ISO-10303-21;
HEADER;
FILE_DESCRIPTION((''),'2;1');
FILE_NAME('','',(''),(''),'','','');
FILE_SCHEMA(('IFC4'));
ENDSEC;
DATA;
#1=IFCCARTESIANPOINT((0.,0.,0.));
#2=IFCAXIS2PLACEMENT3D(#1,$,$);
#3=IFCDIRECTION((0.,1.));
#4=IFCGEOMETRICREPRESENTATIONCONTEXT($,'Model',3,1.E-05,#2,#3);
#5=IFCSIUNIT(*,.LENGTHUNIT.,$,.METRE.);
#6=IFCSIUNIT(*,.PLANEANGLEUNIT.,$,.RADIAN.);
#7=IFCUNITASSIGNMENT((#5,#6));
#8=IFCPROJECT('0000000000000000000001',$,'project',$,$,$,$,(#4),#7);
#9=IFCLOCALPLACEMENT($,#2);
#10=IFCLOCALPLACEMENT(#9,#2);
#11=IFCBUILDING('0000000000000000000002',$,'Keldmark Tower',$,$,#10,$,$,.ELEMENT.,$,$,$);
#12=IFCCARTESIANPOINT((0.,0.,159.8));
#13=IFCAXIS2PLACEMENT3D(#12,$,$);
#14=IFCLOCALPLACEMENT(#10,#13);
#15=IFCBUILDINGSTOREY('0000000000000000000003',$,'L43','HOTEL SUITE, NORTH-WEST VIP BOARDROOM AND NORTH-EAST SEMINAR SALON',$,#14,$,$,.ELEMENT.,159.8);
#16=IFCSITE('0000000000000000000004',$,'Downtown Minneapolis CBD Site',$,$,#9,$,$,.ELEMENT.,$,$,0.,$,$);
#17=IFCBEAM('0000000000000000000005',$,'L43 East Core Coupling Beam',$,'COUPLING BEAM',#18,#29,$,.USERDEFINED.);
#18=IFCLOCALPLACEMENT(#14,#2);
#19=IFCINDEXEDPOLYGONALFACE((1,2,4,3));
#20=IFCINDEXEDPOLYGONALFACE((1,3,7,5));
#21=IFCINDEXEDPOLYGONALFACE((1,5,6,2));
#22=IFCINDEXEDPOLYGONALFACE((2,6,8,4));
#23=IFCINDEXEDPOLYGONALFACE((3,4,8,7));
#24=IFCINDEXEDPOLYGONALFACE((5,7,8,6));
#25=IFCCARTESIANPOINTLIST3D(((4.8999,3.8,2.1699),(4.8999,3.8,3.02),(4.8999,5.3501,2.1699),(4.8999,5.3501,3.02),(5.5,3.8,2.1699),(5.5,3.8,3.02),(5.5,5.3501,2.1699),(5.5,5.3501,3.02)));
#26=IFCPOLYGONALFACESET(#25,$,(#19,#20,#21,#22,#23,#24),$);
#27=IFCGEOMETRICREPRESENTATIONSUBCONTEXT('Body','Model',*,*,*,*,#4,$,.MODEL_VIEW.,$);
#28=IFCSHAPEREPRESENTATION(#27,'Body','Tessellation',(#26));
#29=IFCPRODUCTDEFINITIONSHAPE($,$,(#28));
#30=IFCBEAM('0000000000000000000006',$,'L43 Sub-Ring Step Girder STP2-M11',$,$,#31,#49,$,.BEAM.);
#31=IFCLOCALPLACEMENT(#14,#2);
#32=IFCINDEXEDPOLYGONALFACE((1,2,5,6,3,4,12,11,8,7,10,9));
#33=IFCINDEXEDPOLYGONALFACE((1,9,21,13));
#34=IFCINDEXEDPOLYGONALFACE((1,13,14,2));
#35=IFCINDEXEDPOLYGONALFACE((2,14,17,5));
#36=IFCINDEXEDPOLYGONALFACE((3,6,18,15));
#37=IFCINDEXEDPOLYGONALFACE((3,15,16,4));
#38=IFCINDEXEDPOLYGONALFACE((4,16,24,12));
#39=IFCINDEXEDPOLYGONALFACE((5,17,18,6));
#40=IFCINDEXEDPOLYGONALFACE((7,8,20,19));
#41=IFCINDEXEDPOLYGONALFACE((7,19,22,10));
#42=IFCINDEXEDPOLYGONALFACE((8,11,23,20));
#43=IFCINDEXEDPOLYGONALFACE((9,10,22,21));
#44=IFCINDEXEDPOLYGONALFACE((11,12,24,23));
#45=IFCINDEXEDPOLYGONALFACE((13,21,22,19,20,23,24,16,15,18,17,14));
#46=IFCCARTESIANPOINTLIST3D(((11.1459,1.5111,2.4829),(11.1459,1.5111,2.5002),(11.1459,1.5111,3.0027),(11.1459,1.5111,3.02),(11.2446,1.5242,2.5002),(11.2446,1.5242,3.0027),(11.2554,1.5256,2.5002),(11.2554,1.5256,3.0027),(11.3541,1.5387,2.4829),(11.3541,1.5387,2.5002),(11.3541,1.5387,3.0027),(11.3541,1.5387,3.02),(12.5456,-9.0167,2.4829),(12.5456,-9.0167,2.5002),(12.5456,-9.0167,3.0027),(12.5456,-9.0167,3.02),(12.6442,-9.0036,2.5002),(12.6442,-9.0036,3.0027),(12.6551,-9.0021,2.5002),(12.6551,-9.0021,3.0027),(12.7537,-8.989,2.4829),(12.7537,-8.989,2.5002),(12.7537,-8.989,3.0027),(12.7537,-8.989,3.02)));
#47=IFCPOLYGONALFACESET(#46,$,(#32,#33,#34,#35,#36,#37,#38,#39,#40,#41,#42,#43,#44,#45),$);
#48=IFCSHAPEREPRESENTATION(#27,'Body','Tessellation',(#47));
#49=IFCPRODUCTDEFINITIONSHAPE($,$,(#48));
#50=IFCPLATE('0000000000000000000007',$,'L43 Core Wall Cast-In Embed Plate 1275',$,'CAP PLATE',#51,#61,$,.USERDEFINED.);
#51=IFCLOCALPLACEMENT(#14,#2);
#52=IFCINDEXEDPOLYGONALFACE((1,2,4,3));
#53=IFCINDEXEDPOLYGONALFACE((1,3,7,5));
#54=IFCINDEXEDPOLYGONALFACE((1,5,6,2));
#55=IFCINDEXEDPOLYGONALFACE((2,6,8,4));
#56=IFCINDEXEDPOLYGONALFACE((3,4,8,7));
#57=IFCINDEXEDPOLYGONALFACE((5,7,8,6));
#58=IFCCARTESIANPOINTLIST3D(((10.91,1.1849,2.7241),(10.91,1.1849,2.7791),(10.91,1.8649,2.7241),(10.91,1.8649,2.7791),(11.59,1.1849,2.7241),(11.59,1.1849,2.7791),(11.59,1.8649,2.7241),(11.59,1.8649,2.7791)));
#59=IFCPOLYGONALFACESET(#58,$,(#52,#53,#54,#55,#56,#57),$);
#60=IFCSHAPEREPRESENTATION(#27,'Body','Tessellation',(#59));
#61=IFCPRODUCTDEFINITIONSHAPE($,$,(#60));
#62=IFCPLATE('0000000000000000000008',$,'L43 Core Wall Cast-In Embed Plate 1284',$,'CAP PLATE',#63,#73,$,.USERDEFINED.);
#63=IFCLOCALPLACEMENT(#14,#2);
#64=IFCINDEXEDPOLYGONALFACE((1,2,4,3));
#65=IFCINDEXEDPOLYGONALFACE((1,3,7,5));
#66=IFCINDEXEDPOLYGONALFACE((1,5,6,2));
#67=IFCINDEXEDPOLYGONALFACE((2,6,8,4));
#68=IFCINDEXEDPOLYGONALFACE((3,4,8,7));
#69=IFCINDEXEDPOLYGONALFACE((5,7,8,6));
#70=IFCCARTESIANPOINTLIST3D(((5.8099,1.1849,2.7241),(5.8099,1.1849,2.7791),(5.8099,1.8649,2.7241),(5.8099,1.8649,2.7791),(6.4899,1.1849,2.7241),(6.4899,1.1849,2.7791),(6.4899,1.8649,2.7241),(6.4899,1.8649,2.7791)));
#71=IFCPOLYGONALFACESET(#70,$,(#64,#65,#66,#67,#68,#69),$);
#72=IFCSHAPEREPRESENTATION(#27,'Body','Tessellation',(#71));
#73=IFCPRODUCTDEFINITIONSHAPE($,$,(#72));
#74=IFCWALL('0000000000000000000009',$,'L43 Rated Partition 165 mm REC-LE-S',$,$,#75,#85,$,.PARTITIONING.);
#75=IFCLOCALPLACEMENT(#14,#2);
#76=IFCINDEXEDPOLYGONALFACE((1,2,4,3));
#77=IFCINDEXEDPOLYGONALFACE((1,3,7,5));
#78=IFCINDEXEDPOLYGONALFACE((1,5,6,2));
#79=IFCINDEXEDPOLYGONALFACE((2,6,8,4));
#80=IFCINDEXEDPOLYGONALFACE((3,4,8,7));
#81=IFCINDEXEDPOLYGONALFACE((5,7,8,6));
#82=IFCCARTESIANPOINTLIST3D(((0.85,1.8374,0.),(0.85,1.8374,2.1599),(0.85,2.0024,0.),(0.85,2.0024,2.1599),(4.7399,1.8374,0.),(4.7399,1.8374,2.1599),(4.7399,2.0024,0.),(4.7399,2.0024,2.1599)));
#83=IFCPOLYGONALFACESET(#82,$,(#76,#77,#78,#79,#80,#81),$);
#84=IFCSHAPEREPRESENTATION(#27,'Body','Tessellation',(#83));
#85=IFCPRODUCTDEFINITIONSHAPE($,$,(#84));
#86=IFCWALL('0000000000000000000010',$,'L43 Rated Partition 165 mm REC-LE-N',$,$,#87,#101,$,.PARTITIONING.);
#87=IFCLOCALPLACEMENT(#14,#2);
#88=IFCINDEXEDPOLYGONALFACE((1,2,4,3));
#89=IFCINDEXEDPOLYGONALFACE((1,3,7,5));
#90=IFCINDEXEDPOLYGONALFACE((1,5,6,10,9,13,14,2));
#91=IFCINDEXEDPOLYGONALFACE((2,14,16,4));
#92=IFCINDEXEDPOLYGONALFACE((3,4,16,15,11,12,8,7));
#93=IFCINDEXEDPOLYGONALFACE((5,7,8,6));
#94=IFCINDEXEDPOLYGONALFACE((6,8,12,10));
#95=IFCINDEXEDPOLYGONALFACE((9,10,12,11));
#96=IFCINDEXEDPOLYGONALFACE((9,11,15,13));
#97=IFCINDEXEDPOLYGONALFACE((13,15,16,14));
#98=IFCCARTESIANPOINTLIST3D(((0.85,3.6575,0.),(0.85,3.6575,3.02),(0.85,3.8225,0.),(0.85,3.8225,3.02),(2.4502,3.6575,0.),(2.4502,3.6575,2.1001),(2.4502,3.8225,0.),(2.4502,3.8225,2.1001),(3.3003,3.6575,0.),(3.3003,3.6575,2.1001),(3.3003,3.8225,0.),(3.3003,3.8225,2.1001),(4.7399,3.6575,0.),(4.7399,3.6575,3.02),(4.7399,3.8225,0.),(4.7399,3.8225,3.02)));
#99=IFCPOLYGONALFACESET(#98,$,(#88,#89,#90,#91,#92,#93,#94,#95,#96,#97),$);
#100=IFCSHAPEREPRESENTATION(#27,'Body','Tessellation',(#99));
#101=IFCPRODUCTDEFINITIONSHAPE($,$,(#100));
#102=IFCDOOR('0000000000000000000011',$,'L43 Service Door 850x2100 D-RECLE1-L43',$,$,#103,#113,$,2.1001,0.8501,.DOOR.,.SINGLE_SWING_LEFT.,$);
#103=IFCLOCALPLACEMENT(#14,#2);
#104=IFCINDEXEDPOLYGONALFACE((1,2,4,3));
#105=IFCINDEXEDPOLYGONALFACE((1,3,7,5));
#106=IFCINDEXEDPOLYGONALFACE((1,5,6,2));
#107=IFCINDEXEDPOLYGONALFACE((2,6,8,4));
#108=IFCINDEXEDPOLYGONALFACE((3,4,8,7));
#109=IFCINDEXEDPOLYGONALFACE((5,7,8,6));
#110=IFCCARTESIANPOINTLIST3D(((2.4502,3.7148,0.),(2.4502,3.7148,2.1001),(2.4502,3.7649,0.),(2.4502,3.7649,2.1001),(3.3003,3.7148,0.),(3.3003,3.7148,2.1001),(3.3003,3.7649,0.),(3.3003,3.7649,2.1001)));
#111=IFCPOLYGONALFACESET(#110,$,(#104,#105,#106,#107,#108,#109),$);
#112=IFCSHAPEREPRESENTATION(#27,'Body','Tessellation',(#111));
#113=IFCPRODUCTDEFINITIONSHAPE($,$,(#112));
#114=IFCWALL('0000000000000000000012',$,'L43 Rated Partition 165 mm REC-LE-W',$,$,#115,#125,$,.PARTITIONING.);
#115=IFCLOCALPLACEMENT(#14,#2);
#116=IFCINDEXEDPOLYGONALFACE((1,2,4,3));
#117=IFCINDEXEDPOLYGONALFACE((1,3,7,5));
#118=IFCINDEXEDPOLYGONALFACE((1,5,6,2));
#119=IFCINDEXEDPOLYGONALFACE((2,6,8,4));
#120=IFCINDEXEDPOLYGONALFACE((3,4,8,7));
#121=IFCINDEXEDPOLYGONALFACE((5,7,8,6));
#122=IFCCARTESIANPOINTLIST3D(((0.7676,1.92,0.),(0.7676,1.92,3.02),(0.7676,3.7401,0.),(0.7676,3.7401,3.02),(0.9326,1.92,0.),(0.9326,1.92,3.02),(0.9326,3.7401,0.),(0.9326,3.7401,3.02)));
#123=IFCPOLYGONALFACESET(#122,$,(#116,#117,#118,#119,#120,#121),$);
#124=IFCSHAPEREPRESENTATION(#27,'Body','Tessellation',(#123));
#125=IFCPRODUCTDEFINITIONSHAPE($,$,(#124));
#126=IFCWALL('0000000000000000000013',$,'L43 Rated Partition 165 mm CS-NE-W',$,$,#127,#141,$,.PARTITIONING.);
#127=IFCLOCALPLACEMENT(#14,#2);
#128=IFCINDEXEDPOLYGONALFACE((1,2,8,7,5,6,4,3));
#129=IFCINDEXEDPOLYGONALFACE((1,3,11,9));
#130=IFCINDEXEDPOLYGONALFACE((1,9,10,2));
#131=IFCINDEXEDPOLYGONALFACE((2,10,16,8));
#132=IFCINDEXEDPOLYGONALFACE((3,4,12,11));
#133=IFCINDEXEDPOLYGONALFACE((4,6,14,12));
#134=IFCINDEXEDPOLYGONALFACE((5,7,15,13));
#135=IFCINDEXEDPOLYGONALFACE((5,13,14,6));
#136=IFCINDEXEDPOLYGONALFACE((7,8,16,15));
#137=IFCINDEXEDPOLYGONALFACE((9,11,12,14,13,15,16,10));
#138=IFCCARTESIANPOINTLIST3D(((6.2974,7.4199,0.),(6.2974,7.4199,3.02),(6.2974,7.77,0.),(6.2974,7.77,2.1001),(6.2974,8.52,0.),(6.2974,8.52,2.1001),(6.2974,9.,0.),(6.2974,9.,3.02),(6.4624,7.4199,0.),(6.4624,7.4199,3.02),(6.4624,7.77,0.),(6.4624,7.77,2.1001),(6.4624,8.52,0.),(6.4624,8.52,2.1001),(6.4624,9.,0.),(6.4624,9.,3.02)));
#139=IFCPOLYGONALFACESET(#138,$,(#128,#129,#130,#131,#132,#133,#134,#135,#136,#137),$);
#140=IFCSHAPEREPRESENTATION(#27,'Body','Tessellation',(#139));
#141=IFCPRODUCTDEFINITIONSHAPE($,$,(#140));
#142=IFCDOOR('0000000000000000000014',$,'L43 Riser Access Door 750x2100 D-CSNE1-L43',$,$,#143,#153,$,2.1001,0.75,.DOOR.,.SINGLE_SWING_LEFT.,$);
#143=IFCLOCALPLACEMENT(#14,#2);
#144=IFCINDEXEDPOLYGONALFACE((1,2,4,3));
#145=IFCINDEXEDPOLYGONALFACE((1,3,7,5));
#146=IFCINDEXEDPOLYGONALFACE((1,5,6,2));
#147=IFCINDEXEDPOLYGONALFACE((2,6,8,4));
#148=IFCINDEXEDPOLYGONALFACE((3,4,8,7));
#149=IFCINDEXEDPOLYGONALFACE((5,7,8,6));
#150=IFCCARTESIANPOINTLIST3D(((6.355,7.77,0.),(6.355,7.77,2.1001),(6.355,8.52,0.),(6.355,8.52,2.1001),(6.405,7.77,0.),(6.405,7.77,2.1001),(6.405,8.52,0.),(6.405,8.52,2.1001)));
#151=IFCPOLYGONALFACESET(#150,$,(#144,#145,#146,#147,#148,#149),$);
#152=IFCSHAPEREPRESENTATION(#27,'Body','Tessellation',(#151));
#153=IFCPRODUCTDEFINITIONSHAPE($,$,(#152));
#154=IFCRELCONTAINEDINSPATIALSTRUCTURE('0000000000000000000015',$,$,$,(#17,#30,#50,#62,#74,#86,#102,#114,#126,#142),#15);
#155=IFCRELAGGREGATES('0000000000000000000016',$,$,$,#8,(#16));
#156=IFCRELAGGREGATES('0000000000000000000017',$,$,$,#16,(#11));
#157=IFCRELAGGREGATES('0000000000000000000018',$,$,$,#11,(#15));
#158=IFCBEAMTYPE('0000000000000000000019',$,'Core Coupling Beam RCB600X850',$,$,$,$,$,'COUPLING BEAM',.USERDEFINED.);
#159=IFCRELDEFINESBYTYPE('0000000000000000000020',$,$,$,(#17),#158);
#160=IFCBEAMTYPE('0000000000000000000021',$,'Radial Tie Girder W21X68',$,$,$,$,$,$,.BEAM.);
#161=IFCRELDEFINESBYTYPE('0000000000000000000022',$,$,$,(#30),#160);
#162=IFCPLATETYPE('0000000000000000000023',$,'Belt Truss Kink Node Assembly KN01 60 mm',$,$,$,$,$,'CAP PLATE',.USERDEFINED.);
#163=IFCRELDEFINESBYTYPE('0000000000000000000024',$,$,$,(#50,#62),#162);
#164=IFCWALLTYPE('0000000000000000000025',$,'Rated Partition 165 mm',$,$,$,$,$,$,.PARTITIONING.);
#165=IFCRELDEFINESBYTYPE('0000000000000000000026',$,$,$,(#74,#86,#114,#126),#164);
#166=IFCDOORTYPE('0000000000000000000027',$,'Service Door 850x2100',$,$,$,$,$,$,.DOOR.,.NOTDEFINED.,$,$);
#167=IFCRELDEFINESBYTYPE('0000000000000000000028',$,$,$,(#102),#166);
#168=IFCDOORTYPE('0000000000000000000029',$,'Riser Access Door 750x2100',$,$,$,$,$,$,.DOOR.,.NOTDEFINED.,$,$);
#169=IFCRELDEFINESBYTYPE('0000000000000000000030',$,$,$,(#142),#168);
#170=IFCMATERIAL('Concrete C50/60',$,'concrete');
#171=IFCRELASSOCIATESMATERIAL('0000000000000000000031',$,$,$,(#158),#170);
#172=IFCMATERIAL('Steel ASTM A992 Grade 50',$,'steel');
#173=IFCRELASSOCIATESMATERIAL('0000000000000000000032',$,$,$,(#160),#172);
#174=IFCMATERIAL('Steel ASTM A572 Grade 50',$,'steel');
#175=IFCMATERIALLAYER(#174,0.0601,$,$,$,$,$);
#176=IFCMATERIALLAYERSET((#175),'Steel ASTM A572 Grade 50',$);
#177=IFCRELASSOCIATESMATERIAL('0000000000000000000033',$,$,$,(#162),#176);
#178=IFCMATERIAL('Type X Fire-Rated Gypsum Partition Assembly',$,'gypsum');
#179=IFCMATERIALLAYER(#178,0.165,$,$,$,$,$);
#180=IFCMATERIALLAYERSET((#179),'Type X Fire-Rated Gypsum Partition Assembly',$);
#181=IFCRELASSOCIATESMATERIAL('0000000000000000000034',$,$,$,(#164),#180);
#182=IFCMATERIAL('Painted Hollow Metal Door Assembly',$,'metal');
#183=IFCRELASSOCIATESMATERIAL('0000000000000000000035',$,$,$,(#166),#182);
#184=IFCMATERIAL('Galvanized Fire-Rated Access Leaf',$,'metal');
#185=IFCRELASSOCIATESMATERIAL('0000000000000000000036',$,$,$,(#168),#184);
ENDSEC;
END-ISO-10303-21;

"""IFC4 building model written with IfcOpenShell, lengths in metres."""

from ifc_helpers import new_model, si_unit, direction, frame, frame_2d, origin, origin_2d, place, context, subcontext, project, spatial, rectangle, i_section, extrude, material, layer, layer_set, material_profile, profile_set, type_object, element, fill, save


model = new_model("IFC4")

# Units and contexts
model_context = context("Model", 3, precision=1e-05, world=origin(), true_north=direction((0.0, 1.0)))
body_context = subcontext(model_context, "Body", "Model", "MODEL_VIEW")
ifc_project = project(units=[si_unit("LENGTHUNIT", "METRE"), si_unit("PLANEANGLEUNIT", "RADIAN")], contexts=[model_context])

# Site, building, storey
site_placement = place(None, origin())
site = spatial("IfcSite", under=ifc_project, at=site_placement, Name="Downtown Minneapolis CBD Site", CompositionType="ELEMENT", RefElevation=0.0)
building_placement = place(site_placement, origin())
building = spatial("IfcBuilding", under=site, at=building_placement, Name="Keldmark Tower", CompositionType="ELEMENT")
storey_placement = place(building_placement, frame((0.0, 0.0, 159.8)))
storey = spatial("IfcBuildingStorey", under=building, at=storey_placement, Name="L43", Description="HOTEL SUITE, NORTH-WEST VIP BOARDROOM AND NORTH-EAST SEMINAR SALON", CompositionType="ELEMENT", Elevation=159.8)

# Beams
ifc_material_1 = material(Name="Concrete C50/60", Category="concrete")
ifc_material_profile_1 = material_profile(ifc_material_1, rectangle(XDim=0.6001, YDim=0.8501, at=origin_2d()), Name="RCB600X850")
ifc_profile_set_1 = profile_set([ifc_material_profile_1], Name="Concrete C50/60")
beam_type_1 = type_object("IfcBeamType", Name="Core Coupling Beam RCB600X850", ElementType="COUPLING BEAM", PredefinedType="USERDEFINED", material=ifc_profile_set_1)
beam_1_placement = place(storey_placement, frame((5.2, 3.8, 2.595), z_axis=(0.0, 1.0, 0.0), x_axis=(-1.0, 0.0, 0.0)))
element("IfcBeam", 1, at=beam_1_placement, inside=storey, type_object=beam_type_1, Name="L43 East Core Coupling Beam", ObjectType="COUPLING BEAM", PredefinedType="USERDEFINED", context=body_context, shape_type="SweptSolid", body=[
    extrude(rectangle(XDim=0.6001, YDim=0.8501, at=origin_2d()), origin(), (0.0, 0.0, 1.0), 1.55),
])
ifc_material_2 = material(Name="Steel ASTM A992 Grade 50", Category="steel")
ifc_material_profile_2 = material_profile(ifc_material_2, i_section(OverallWidth=0.21, OverallDepth=0.5371, WebThickness=0.011, FlangeThickness=0.0173, at=origin_2d()), Name="W21X68")
ifc_profile_set_2 = profile_set([ifc_material_profile_2], Name="Steel ASTM A992 Grade 50")
beam_type_2 = type_object("IfcBeamType", Name="Radial Tie Girder W21X68", PredefinedType="BEAM", material=ifc_profile_set_2)
beam_2_placement = place(storey_placement, frame((11.25, 1.5249, 2.7515), z_axis=(0.131789, -0.991278, 0.0), x_axis=(0.991278, 0.131789, 0.0)))
element("IfcBeam", 2, at=beam_2_placement, inside=storey, type_object=beam_type_2, Name="L43 Sub-Ring Step Girder STP2-M11", PredefinedType="BEAM", context=body_context, shape_type="SweptSolid", body=[
    extrude(i_section(OverallWidth=0.21, OverallDepth=0.5371, WebThickness=0.011, FlangeThickness=0.0173, at=origin_2d()), origin(), (0.0, 0.0, 1.0), 10.6204),
])

# Plates
ifc_material_3 = material(Name="Steel ASTM A572 Grade 50", Category="steel")
ifc_layer_1 = layer(ifc_material_3, 0.0601)
ifc_layer_set_1 = layer_set([ifc_layer_1], Name="Steel ASTM A572 Grade 50")
plate_type = type_object("IfcPlateType", Name="Belt Truss Kink Node Assembly KN01 60 mm", ElementType="CAP PLATE", PredefinedType="USERDEFINED", material=ifc_layer_set_1)
for number, where, z_axis, x_axis, name in (
    (3, (11.25, 1.5249, 2.7241), (0.0, 0.0, 1.0), (1.0, 0.0, 0.0), "L43 Core Wall Cast-In Embed Plate 1275"),
    (4, (6.1499, 1.5249, 2.7241), (0.0, 0.0, 1.0), (1.0, 0.0, 0.0), "L43 Core Wall Cast-In Embed Plate 1284"),
):
    element("IfcPlate", number, at=place(storey_placement, frame(where, z_axis=z_axis, x_axis=x_axis)), inside=storey, type_object=plate_type, Name=name, ObjectType="CAP PLATE", PredefinedType="USERDEFINED", context=body_context, shape_type="SweptSolid", body=[
        extrude(rectangle(XDim=0.6799, YDim=0.6799, at=origin_2d()), origin(), (0.0, 0.0, 1.0), 0.0549),
    ])

# Wall
ifc_material_4 = material(Name="Type X Fire-Rated Gypsum Partition Assembly", Category="gypsum")
ifc_layer_2 = layer(ifc_material_4, 0.165)
ifc_layer_set_2 = layer_set([ifc_layer_2], Name="Type X Fire-Rated Gypsum Partition Assembly")
wall_type_1 = type_object("IfcWallType", Name="Rated Partition 165 mm", PredefinedType="PARTITIONING", material=ifc_layer_set_2)
wall_1_placement = place(storey_placement, frame((0.8501, 1.9199, 0.0), z_axis=(0.0, 0.0, 1.0), x_axis=(1.0, 0.0, 0.0)))
element("IfcWall", 5, at=wall_1_placement, inside=storey, type_object=wall_type_1, Name="L43 Rated Partition 165 mm REC-LE-S", PredefinedType="PARTITIONING", context=body_context, shape_type="SweptSolid", body=[
    extrude(rectangle(XDim=3.8899, YDim=0.165, at=frame_2d((1.9448, 0.0))), origin(), (0.0, 0.0, 1.0), 2.1599),
])

# Wall, opening, door
wall_2_placement = place(storey_placement, frame((0.8501, 3.74, 0.0), z_axis=(0.0, 0.0, 1.0), x_axis=(1.0, 0.0, 0.0)))
wall_2 = element("IfcWall", 6, at=wall_2_placement, inside=storey, type_object=wall_type_1, Name="L43 Rated Partition 165 mm REC-LE-N", PredefinedType="PARTITIONING", context=body_context, shape_type="SweptSolid", body=[
    extrude(rectangle(XDim=3.8899, YDim=0.165, at=frame_2d((1.9448, 0.0))), origin(), (0.0, 0.0, 1.0), 3.02),
])
opening_1_placement = place(wall_2_placement, frame((1.6001, 0.0, 0.0)))
opening_1 = element("IfcOpeningElement", 7, at=opening_1_placement, cuts=wall_2, PredefinedType="OPENING", context=body_context, shape_type="SweptSolid", body=[
    extrude(rectangle(XDim=0.8501, YDim=2.1001, at=frame_2d((0.425, 1.05))), frame((0.0, 0.0925, 0.0), z_axis=(0.0, -1.0, 0.0), x_axis=(1.0, 0.0, 0.0)), (0.0, 0.0, 1.0), 0.1851),
])
ifc_material_5 = material(Name="Painted Hollow Metal Door Assembly", Category="metal")
door_type_1 = type_object("IfcDoorType", Name="Service Door 850x2100", OperationType="NOTDEFINED", PredefinedType="DOOR", material=ifc_material_5)
door_1_placement = place(opening_1_placement, origin())
door_1 = element("IfcDoor", 8, at=door_1_placement, inside=storey, type_object=door_type_1, Name="L43 Service Door 850x2100 D-RECLE1-L43", OperationType="SINGLE_SWING_LEFT", OverallHeight=2.1001, OverallWidth=0.8501, PredefinedType="DOOR", context=body_context, shape_type="SweptSolid", body=[
    extrude(rectangle(XDim=0.8501, YDim=2.1001, at=frame_2d((0.425, 1.05))), frame((0.0, 0.0249, 0.0), z_axis=(0.0, -1.0, 0.0), x_axis=(1.0, 0.0, 0.0)), (0.0, 0.0, 1.0), 0.05),
])
fill(opening_1, door_1)

# Wall
wall_3_placement = place(storey_placement, frame((0.8501, 1.9199, 0.0), z_axis=(0.0, 0.0, 1.0), x_axis=(0.0, 1.0, 0.0)))
element("IfcWall", 9, at=wall_3_placement, inside=storey, type_object=wall_type_1, Name="L43 Rated Partition 165 mm REC-LE-W", PredefinedType="PARTITIONING", context=body_context, shape_type="SweptSolid", body=[
    extrude(rectangle(XDim=1.8201, YDim=0.165, at=frame_2d((0.9102, 0.0))), origin(), (0.0, 0.0, 1.0), 3.02),
])

# Wall, opening, door
wall_4_placement = place(storey_placement, frame((6.3799, 7.4199, 0.0), z_axis=(0.0, 0.0, 1.0), x_axis=(0.0, 1.0, 0.0)))
wall_4 = element("IfcWall", 10, at=wall_4_placement, inside=storey, type_object=wall_type_1, Name="L43 Rated Partition 165 mm CS-NE-W", PredefinedType="PARTITIONING", context=body_context, shape_type="SweptSolid", body=[
    extrude(rectangle(XDim=1.5801, YDim=0.165, at=frame_2d((0.79, 0.0))), origin(), (0.0, 0.0, 1.0), 3.02),
])
opening_2_placement = place(wall_4_placement, frame((0.3501, 0.0, 0.0)))
opening_2 = element("IfcOpeningElement", 11, at=opening_2_placement, cuts=wall_4, PredefinedType="OPENING", context=body_context, shape_type="SweptSolid", body=[
    extrude(rectangle(XDim=0.75, YDim=2.1001, at=frame_2d((0.375, 1.05))), frame((0.0, 0.0925, 0.0), z_axis=(0.0, -1.0, 0.0), x_axis=(1.0, 0.0, 0.0)), (0.0, 0.0, 1.0), 0.1851),
])
ifc_material_6 = material(Name="Galvanized Fire-Rated Access Leaf", Category="metal")
door_type_2 = type_object("IfcDoorType", Name="Riser Access Door 750x2100", OperationType="NOTDEFINED", PredefinedType="DOOR", material=ifc_material_6)
door_2_placement = place(opening_2_placement, origin())
door_2 = element("IfcDoor", 12, at=door_2_placement, inside=storey, type_object=door_type_2, Name="L43 Riser Access Door 750x2100 D-CSNE1-L43", OperationType="SINGLE_SWING_LEFT", OverallHeight=2.1001, OverallWidth=0.75, PredefinedType="DOOR", context=body_context, shape_type="SweptSolid", body=[
    extrude(rectangle(XDim=0.75, YDim=2.1001, at=frame_2d((0.375, 1.05))), frame((0.0, 0.0249, 0.0), z_axis=(0.0, -1.0, 0.0), x_axis=(1.0, 0.0, 0.0)), (0.0, 0.0, 1.0), 0.05),
])
fill(opening_2, door_2)

save(model, "model.ifc")
